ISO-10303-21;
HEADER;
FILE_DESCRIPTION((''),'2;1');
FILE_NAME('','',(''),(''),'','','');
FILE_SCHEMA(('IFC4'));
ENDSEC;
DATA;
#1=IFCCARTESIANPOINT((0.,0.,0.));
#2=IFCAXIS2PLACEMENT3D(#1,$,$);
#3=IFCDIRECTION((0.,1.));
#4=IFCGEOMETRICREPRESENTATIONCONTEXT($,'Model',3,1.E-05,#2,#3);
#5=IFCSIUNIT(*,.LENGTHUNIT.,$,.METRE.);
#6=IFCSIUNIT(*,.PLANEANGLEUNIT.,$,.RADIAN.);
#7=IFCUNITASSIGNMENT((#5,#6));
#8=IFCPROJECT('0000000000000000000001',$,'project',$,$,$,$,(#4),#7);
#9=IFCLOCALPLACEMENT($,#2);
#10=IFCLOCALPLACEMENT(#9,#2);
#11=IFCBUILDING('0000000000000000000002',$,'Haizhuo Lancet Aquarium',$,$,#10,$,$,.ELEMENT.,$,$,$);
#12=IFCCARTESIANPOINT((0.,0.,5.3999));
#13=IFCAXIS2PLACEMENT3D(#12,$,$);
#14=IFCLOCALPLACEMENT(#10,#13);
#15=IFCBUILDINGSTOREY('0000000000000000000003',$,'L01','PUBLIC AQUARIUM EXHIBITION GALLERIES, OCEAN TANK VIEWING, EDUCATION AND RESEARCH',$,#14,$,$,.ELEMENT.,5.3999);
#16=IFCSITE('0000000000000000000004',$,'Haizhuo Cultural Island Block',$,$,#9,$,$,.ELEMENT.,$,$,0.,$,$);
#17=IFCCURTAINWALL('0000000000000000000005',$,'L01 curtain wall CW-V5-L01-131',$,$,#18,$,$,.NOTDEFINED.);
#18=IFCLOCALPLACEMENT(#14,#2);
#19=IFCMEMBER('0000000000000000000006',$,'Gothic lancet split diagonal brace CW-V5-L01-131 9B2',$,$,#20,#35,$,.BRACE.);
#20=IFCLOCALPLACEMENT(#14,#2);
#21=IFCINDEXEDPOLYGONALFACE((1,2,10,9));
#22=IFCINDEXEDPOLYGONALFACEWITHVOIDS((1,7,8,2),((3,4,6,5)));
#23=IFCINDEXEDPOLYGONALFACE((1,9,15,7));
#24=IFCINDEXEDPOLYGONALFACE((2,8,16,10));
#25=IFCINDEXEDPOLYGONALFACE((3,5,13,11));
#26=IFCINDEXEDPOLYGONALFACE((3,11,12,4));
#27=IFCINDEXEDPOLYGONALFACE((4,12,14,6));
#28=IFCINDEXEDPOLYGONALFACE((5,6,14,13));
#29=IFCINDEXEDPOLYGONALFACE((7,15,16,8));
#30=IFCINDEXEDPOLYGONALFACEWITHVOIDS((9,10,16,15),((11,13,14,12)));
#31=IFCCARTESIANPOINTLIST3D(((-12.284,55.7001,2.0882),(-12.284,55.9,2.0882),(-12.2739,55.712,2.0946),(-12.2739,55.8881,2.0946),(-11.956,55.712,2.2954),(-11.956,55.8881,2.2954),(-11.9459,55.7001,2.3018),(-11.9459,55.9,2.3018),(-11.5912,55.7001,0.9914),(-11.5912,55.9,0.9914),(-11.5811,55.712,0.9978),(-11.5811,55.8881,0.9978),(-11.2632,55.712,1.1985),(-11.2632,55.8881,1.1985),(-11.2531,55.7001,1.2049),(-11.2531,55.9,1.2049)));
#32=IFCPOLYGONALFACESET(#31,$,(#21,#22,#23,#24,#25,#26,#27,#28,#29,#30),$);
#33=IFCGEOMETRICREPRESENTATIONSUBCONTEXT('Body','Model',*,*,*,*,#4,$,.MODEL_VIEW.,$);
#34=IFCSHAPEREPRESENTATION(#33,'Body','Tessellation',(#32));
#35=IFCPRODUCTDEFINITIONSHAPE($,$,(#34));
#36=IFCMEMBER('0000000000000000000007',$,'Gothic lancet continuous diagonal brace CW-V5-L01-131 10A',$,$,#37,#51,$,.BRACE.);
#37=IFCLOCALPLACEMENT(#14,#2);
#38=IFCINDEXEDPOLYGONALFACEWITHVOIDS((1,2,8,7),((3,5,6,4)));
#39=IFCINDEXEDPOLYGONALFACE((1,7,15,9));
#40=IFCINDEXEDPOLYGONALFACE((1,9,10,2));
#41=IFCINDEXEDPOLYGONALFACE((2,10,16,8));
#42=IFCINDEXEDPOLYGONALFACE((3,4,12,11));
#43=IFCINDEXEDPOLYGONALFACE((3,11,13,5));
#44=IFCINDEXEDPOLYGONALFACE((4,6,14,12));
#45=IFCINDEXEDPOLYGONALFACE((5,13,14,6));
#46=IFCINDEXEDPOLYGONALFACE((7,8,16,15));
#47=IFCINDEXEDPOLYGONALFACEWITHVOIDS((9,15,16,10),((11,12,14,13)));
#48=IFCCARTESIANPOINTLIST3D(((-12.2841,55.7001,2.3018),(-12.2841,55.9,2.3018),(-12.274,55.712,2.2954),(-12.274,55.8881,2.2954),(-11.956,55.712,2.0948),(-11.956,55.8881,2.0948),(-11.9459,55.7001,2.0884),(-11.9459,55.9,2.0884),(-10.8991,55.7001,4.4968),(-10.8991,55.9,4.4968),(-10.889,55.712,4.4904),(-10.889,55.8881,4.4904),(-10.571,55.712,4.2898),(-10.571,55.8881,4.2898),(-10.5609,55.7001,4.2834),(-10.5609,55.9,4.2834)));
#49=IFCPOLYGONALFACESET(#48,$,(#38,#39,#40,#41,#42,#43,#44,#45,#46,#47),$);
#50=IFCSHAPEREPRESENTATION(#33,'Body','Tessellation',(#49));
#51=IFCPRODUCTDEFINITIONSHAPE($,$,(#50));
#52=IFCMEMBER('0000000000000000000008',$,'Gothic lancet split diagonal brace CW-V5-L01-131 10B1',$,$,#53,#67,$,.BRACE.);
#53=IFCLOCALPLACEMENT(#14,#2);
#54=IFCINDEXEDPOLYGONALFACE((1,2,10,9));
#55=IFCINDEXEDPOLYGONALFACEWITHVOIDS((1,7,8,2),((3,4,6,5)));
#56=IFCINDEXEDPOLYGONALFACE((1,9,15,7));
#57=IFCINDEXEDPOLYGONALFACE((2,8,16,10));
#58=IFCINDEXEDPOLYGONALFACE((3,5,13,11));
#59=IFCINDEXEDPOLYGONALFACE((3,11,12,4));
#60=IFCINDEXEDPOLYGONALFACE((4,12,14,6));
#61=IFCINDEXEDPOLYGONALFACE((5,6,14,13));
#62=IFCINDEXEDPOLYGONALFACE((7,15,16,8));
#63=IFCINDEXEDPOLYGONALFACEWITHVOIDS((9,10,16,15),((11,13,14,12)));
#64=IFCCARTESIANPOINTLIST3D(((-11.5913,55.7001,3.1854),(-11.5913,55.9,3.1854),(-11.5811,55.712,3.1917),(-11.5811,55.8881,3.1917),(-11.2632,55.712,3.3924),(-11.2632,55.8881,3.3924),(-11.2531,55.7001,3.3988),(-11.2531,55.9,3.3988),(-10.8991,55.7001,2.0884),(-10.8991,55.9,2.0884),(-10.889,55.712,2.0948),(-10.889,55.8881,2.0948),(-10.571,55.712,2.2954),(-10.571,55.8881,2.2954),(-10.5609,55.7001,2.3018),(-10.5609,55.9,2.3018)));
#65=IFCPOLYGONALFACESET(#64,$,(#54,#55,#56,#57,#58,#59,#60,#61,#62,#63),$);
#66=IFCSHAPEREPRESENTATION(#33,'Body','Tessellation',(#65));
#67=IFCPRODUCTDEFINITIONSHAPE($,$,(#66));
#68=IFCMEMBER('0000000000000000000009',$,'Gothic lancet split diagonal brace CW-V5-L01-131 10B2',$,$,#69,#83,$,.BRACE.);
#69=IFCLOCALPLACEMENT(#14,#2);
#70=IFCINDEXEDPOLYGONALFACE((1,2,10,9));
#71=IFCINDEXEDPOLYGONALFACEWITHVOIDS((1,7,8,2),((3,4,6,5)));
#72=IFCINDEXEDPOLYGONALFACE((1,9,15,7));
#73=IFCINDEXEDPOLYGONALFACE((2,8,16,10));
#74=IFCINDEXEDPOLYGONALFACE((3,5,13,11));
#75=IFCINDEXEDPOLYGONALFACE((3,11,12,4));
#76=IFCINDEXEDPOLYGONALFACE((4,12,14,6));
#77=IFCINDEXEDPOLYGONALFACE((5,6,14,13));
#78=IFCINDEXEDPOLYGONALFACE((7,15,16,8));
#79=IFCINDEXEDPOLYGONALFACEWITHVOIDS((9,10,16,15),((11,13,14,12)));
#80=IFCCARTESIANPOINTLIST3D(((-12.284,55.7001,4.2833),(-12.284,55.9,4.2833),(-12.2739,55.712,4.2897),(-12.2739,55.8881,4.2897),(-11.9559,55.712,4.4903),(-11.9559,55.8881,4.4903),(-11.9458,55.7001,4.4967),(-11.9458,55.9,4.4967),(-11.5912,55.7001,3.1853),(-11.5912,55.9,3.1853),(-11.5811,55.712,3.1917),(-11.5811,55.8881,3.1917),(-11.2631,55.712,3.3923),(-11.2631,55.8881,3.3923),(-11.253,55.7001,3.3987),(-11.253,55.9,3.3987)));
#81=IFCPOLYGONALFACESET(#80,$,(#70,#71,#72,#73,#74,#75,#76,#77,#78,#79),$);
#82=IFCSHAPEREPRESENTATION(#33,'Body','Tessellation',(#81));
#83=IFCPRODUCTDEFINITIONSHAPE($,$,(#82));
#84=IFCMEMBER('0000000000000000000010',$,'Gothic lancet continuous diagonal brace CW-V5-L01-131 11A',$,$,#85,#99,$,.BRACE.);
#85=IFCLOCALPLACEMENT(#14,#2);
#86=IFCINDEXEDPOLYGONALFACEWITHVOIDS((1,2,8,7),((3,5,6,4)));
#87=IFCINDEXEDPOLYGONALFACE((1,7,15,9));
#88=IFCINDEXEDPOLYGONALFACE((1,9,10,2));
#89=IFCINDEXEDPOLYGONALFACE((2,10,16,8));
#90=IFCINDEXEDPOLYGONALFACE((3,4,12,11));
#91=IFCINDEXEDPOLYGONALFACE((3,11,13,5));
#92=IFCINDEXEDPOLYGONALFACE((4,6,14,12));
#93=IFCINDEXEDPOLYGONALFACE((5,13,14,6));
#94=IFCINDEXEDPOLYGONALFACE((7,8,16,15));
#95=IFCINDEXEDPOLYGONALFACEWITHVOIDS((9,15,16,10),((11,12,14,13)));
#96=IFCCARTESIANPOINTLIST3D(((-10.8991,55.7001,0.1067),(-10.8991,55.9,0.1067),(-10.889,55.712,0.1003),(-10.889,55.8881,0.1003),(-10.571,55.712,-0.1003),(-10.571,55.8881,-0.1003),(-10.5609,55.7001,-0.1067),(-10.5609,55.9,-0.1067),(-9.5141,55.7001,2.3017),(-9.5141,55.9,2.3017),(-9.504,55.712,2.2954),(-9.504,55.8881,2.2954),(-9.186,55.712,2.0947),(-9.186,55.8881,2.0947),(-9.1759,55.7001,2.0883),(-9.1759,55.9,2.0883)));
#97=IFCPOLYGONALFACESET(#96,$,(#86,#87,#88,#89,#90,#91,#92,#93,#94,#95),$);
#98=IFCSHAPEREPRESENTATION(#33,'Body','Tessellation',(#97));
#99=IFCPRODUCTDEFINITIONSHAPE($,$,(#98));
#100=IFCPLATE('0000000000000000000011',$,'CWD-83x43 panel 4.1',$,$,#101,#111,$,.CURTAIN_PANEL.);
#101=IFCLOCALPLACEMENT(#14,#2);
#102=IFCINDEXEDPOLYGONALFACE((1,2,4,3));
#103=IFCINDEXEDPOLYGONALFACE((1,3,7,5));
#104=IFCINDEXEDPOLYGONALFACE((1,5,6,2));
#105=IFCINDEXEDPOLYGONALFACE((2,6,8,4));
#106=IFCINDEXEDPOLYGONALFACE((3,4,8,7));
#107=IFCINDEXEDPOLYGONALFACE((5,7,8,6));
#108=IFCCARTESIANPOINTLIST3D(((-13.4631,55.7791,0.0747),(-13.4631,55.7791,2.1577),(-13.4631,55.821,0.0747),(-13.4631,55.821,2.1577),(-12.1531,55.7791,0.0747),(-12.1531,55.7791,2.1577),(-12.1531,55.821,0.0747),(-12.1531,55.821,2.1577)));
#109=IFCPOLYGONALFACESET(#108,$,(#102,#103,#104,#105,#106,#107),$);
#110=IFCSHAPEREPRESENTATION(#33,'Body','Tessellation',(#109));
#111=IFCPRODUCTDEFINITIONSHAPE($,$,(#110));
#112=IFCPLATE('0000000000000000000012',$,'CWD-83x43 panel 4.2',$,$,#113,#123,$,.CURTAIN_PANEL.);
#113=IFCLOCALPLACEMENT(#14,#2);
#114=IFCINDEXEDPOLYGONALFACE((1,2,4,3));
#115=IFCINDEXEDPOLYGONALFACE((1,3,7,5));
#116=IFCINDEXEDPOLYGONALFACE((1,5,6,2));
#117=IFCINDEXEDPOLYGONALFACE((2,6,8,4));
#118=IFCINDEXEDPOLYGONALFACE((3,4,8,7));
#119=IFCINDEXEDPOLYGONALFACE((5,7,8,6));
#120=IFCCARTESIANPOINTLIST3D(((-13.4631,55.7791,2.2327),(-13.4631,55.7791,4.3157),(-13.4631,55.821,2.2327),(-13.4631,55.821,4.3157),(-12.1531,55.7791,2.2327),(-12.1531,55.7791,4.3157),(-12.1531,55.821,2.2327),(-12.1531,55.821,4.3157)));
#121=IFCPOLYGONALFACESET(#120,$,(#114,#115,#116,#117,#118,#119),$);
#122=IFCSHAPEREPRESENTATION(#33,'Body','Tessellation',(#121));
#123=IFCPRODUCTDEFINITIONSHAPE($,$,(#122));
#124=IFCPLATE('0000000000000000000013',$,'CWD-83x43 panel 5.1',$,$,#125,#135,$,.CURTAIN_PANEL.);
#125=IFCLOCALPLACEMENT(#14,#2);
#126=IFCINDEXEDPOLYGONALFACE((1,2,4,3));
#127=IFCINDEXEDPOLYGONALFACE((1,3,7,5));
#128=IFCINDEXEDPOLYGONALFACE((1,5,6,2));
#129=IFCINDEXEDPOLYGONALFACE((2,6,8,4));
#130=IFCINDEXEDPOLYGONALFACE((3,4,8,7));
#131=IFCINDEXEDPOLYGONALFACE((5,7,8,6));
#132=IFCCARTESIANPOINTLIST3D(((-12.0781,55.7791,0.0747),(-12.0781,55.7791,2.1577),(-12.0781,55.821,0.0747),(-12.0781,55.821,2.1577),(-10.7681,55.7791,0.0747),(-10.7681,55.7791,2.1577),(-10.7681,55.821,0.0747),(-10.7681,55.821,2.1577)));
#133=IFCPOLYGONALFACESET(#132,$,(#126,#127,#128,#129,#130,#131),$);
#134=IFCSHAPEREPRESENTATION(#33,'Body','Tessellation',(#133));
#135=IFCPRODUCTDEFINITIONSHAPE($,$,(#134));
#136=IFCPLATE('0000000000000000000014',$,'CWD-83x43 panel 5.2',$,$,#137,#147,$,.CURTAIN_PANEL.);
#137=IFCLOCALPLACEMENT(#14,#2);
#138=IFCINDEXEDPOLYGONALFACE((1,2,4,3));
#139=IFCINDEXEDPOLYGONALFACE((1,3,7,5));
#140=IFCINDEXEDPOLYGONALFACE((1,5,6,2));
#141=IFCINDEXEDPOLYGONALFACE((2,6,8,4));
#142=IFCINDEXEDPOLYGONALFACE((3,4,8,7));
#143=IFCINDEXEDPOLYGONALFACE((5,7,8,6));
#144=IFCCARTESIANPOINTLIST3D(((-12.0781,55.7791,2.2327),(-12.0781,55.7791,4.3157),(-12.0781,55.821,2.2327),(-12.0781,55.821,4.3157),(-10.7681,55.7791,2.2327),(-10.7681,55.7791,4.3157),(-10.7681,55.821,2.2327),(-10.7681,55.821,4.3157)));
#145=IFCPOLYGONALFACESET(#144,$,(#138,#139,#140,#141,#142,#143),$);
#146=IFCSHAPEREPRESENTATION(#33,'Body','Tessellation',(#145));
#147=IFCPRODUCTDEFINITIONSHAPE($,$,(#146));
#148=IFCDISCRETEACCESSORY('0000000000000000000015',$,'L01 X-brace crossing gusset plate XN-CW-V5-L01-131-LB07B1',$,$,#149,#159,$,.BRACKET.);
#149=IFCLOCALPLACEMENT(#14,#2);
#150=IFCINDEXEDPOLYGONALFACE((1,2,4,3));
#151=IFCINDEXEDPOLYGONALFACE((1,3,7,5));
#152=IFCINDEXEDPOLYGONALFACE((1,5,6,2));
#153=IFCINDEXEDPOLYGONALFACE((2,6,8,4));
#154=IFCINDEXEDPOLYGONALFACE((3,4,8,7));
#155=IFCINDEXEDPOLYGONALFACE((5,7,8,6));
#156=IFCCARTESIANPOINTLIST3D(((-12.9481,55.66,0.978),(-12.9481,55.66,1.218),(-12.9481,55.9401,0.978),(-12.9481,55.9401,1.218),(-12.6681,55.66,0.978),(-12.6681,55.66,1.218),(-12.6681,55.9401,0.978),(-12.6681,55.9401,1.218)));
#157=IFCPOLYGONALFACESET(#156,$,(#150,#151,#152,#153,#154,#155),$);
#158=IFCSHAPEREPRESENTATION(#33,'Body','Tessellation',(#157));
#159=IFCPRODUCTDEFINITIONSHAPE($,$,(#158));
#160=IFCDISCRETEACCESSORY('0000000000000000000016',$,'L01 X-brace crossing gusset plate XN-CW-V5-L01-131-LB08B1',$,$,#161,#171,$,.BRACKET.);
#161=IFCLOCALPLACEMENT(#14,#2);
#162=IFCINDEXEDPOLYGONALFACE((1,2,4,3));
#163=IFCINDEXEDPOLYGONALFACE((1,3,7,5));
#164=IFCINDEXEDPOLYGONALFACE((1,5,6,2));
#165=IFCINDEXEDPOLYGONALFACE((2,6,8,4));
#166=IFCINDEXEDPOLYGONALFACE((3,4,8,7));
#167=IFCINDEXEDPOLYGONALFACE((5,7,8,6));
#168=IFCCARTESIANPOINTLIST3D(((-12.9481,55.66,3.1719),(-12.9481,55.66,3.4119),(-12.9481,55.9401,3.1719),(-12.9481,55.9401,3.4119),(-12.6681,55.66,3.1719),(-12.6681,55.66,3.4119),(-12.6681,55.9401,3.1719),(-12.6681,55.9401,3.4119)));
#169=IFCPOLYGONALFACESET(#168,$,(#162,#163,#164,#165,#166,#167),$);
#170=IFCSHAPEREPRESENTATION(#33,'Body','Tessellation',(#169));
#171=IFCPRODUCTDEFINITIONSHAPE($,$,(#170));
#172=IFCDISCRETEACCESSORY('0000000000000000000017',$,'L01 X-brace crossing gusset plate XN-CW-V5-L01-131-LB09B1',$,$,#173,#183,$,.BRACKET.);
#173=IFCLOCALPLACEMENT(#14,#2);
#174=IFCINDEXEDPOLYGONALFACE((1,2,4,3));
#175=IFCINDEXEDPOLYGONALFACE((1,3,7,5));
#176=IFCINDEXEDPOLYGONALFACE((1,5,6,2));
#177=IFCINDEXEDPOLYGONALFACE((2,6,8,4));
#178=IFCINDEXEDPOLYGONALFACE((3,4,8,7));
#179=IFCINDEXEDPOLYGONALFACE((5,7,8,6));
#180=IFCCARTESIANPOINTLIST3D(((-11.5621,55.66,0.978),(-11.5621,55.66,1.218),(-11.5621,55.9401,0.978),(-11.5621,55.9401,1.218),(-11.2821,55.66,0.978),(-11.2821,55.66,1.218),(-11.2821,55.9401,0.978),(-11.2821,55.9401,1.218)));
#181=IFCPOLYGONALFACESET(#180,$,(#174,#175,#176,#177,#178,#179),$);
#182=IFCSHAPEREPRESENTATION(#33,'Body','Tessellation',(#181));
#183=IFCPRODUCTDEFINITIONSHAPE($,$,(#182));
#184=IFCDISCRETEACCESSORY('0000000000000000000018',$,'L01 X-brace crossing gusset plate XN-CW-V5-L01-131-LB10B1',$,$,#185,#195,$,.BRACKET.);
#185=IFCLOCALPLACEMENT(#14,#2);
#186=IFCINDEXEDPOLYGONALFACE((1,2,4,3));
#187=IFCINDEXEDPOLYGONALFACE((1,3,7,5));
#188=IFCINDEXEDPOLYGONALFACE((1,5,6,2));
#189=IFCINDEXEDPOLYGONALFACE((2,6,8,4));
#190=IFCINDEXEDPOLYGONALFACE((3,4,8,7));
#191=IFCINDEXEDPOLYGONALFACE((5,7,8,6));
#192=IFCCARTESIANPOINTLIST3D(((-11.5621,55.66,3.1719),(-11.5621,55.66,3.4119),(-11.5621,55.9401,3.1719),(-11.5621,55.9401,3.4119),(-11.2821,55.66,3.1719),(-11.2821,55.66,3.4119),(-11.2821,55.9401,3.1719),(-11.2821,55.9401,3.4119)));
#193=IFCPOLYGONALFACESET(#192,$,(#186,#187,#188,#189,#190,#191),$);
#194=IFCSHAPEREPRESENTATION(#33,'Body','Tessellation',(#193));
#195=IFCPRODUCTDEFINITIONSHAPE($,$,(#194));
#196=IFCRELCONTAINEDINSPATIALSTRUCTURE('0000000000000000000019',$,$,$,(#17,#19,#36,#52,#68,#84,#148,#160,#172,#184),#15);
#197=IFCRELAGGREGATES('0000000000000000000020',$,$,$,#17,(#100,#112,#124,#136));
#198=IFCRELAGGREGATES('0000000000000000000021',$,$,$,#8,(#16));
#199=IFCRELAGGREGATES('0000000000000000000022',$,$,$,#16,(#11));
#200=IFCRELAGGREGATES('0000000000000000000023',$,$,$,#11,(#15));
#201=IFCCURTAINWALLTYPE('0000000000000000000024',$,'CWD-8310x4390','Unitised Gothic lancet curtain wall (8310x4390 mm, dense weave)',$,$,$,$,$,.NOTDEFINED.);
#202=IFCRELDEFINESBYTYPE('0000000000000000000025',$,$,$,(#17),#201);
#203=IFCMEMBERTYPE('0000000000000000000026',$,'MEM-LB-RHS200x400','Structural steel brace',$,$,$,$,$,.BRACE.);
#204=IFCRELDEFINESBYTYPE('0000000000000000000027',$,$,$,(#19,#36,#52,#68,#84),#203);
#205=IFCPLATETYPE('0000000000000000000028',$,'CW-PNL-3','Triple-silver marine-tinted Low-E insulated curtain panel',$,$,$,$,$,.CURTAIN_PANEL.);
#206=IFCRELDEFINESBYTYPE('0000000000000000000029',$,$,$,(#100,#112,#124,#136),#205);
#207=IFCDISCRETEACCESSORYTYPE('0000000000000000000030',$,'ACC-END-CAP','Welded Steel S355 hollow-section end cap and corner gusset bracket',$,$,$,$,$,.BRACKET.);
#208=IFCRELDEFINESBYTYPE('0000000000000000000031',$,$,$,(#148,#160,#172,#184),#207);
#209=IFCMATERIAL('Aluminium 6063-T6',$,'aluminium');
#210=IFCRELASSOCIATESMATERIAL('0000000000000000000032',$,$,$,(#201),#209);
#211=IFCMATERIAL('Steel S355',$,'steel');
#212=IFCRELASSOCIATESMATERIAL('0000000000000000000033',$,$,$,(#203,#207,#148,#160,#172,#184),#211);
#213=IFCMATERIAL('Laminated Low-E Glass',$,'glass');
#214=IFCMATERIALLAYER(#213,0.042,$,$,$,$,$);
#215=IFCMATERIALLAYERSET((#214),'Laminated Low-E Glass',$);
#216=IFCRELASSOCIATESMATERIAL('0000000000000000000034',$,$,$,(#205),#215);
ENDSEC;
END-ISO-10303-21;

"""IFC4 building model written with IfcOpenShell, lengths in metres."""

from ifc_helpers import new_model, si_unit, direction, frame, origin, origin_2d, place, context, subcontext, project, spatial, rectangle, hollow_rectangle, extrude, material, layer, layer_set, material_profile, profile_set, type_object, element, aggregate, save


model = new_model("IFC4")

# Units and contexts
model_context = context("Model", 3, precision=1e-05, world=origin(), true_north=direction((0.0, 1.0)))
body_context = subcontext(model_context, "Body", "Model", "MODEL_VIEW")
ifc_project = project(units=[si_unit("LENGTHUNIT", "METRE"), si_unit("PLANEANGLEUNIT", "RADIAN")], contexts=[model_context])

# Site, building, storey
site_placement = place(None, origin())
site = spatial("IfcSite", under=ifc_project, at=site_placement, Name="Haizhuo Cultural Island Block", CompositionType="ELEMENT", RefElevation=0.0)
building_placement = place(site_placement, origin())
building = spatial("IfcBuilding", under=site, at=building_placement, Name="Haizhuo Lancet Aquarium", CompositionType="ELEMENT")
storey_placement = place(building_placement, frame((0.0, 0.0, 5.3999)))
storey = spatial("IfcBuildingStorey", under=building, at=storey_placement, Name="L01", Description="PUBLIC AQUARIUM EXHIBITION GALLERIES, OCEAN TANK VIEWING, EDUCATION AND RESEARCH", CompositionType="ELEMENT", Elevation=5.3999)

# Curtain wall
ifc_material_1 = material(Name="Aluminium 6063-T6", Category="aluminium")
curtain_wall_type = type_object("IfcCurtainWallType", Name="CWD-8310x4390", Description="Unitised Gothic lancet curtain wall (8310x4390 mm, dense weave)", PredefinedType="NOTDEFINED", material=ifc_material_1)
curtain_wall_placement = place(storey_placement, origin())
curtain_wall = element("IfcCurtainWall", 1, at=curtain_wall_placement, inside=storey, type_object=curtain_wall_type, Name="L01 curtain wall CW-V5-L01-131", PredefinedType="NOTDEFINED")

# Members
ifc_material_2 = material(Name="Steel S355", Category="steel")
ifc_material_profile_1 = material_profile(ifc_material_2, hollow_rectangle(XDim=0.2, YDim=0.3999, WallThickness=0.012, at=origin_2d()), Name="RHS 200x400x12")
ifc_profile_set_1 = profile_set([ifc_material_profile_1], Name="Steel S355")
member_type_1 = type_object("IfcMemberType", Name="MEM-LB-RHS200x400", Description="Structural steel brace", PredefinedType="BRACE", material=ifc_profile_set_1)
member_1_placement = place(storey_placement, frame((-11.4221, 55.8, 1.0981), z_axis=(-0.534035, 0.0, 0.845462), x_axis=(0.0, -1.0, 0.0)))
element("IfcMember", 2, at=member_1_placement, inside=storey, type_object=member_type_1, Name="Gothic lancet split diagonal brace CW-V5-L01-131 9B2", PredefinedType="BRACE", context=body_context, shape_type="SweptSolid", body=[
    extrude(hollow_rectangle(XDim=0.2, YDim=0.3999, WallThickness=0.012, at=origin_2d()), origin(), (0.0, 0.0, 1.0), 1.2974),
])
member_2_placement = place(storey_placement, frame((-12.115, 55.8, 2.1951), z_axis=(0.533621, 0.0, 0.845724), x_axis=(0.0, 1.0, 0.0)))
element("IfcMember", 3, at=member_2_placement, inside=storey, type_object=member_type_1, Name="Gothic lancet continuous diagonal brace CW-V5-L01-131 10A", PredefinedType="BRACE", context=body_context, shape_type="SweptSolid", body=[
    extrude(hollow_rectangle(XDim=0.2, YDim=0.3999, WallThickness=0.012, at=origin_2d()), origin(), (0.0, 0.0, 1.0), 2.5955),
])
member_3_placement = place(storey_placement, frame((-10.73, 55.8, 2.1951), z_axis=(-0.533632, 0.0, 0.845717), x_axis=(0.0, -1.0, 0.0)))
element("IfcMember", 4, at=member_3_placement, inside=storey, type_object=member_type_1, Name="Gothic lancet split diagonal brace CW-V5-L01-131 10B1", PredefinedType="BRACE", context=body_context, shape_type="SweptSolid", body=[
    extrude(hollow_rectangle(XDim=0.2, YDim=0.3999, WallThickness=0.012, at=origin_2d()), origin(), (0.0, 0.0, 1.0), 1.2971),
])
member_4_placement = place(storey_placement, frame((-11.4221, 55.8, 3.292), z_axis=(-0.533611, 0.0, 0.84573), x_axis=(0.0, -1.0, 0.0)))
element("IfcMember", 5, at=member_4_placement, inside=storey, type_object=member_type_1, Name="Gothic lancet split diagonal brace CW-V5-L01-131 10B2", PredefinedType="BRACE", context=body_context, shape_type="SweptSolid", body=[
    extrude(hollow_rectangle(XDim=0.2, YDim=0.3999, WallThickness=0.012, at=origin_2d()), origin(), (0.0, 0.0, 1.0), 1.2983),
])
member_5_placement = place(storey_placement, frame((-10.73, 55.8, 0.0), z_axis=(0.533621, 0.0, 0.845724), x_axis=(0.0, 1.0, 0.0)))
element("IfcMember", 6, at=member_5_placement, inside=storey, type_object=member_type_1, Name="Gothic lancet continuous diagonal brace CW-V5-L01-131 11A", PredefinedType="BRACE", context=body_context, shape_type="SweptSolid", body=[
    extrude(hollow_rectangle(XDim=0.2, YDim=0.3999, WallThickness=0.012, at=origin_2d()), origin(), (0.0, 0.0, 1.0), 2.5955),
])

# Plates
ifc_material_3 = material(Name="Laminated Low-E Glass", Category="glass")
ifc_layer = layer(ifc_material_3, 0.042)
ifc_layer_set = layer_set([ifc_layer], Name="Laminated Low-E Glass")
plate_type = type_object("IfcPlateType", Name="CW-PNL-3", Description="Triple-silver marine-tinted Low-E insulated curtain panel", PredefinedType="CURTAIN_PANEL", material=ifc_layer_set)
plate_1_placement = place(storey_placement, frame((-12.8081, 55.8, 0.0747), z_axis=(0.0, 0.0, 1.0), x_axis=(1.0, 0.0, 0.0)))
plate_1 = element("IfcPlate", 7, at=plate_1_placement, type_object=plate_type, Name="CWD-83x43 panel 4.1", PredefinedType="CURTAIN_PANEL", context=body_context, shape_type="SweptSolid", body=[
    extrude(rectangle(XDim=1.3101, YDim=0.042, at=origin_2d()), origin(), (0.0, 0.0, 1.0), 2.083),
])
plate_2_placement = place(storey_placement, frame((-12.8081, 55.8, 2.2327), z_axis=(0.0, 0.0, 1.0), x_axis=(1.0, 0.0, 0.0)))
plate_2 = element("IfcPlate", 8, at=plate_2_placement, type_object=plate_type, Name="CWD-83x43 panel 4.2", PredefinedType="CURTAIN_PANEL", context=body_context, shape_type="SweptSolid", body=[
    extrude(rectangle(XDim=1.3101, YDim=0.042, at=origin_2d()), origin(), (0.0, 0.0, 1.0), 2.083),
])
plate_3_placement = place(storey_placement, frame((-11.4231, 55.8, 0.0747), z_axis=(0.0, 0.0, 1.0), x_axis=(1.0, 0.0, 0.0)))
plate_3 = element("IfcPlate", 9, at=plate_3_placement, type_object=plate_type, Name="CWD-83x43 panel 5.1", PredefinedType="CURTAIN_PANEL", context=body_context, shape_type="SweptSolid", body=[
    extrude(rectangle(XDim=1.3101, YDim=0.042, at=origin_2d()), origin(), (0.0, 0.0, 1.0), 2.083),
])
plate_4_placement = place(storey_placement, frame((-11.4231, 55.8, 2.2327), z_axis=(0.0, 0.0, 1.0), x_axis=(1.0, 0.0, 0.0)))
plate_4 = element("IfcPlate", 10, at=plate_4_placement, type_object=plate_type, Name="CWD-83x43 panel 5.2", PredefinedType="CURTAIN_PANEL", context=body_context, shape_type="SweptSolid", body=[
    extrude(rectangle(XDim=1.3101, YDim=0.042, at=origin_2d()), origin(), (0.0, 0.0, 1.0), 2.083),
])
aggregate(curtain_wall, [plate_1, plate_2, plate_3, plate_4])

# Discrete accessories
discrete_accessory_type = type_object("IfcDiscreteAccessoryType", Name="ACC-END-CAP", Description="Welded Steel S355 hollow-section end cap and corner gusset bracket", PredefinedType="BRACKET", material=ifc_material_2)
for number, where, z_axis, x_axis, name in (
    (11, (-12.8081, 55.8, 0.978), (0.0, 0.0, 1.0), (1.0, 0.0, 0.0), "L01 X-brace crossing gusset plate XN-CW-V5-L01-131-LB07B1"),
    (12, (-12.8081, 55.8, 3.1719), (0.0, 0.0, 1.0), (1.0, 0.0, 0.0), "L01 X-brace crossing gusset plate XN-CW-V5-L01-131-LB08B1"),
    (13, (-11.4221, 55.8, 0.978), (0.0, 0.0, 1.0), (1.0, 0.0, 0.0), "L01 X-brace crossing gusset plate XN-CW-V5-L01-131-LB09B1"),
    (14, (-11.4221, 55.8, 3.1719), (0.0, 0.0, 1.0), (1.0, 0.0, 0.0), "L01 X-brace crossing gusset plate XN-CW-V5-L01-131-LB10B1"),
):
    element("IfcDiscreteAccessory", number, at=place(storey_placement, frame(where, z_axis=z_axis, x_axis=x_axis)), inside=storey, type_object=discrete_accessory_type, material=ifc_material_2, Name=name, PredefinedType="BRACKET", context=body_context, shape_type="SweptSolid", body=[
        extrude(rectangle(XDim=0.28, YDim=0.28, at=origin_2d()), origin(), (0.0, 0.0, 1.0), 0.24),
    ])

save(model, "model.ifc")
